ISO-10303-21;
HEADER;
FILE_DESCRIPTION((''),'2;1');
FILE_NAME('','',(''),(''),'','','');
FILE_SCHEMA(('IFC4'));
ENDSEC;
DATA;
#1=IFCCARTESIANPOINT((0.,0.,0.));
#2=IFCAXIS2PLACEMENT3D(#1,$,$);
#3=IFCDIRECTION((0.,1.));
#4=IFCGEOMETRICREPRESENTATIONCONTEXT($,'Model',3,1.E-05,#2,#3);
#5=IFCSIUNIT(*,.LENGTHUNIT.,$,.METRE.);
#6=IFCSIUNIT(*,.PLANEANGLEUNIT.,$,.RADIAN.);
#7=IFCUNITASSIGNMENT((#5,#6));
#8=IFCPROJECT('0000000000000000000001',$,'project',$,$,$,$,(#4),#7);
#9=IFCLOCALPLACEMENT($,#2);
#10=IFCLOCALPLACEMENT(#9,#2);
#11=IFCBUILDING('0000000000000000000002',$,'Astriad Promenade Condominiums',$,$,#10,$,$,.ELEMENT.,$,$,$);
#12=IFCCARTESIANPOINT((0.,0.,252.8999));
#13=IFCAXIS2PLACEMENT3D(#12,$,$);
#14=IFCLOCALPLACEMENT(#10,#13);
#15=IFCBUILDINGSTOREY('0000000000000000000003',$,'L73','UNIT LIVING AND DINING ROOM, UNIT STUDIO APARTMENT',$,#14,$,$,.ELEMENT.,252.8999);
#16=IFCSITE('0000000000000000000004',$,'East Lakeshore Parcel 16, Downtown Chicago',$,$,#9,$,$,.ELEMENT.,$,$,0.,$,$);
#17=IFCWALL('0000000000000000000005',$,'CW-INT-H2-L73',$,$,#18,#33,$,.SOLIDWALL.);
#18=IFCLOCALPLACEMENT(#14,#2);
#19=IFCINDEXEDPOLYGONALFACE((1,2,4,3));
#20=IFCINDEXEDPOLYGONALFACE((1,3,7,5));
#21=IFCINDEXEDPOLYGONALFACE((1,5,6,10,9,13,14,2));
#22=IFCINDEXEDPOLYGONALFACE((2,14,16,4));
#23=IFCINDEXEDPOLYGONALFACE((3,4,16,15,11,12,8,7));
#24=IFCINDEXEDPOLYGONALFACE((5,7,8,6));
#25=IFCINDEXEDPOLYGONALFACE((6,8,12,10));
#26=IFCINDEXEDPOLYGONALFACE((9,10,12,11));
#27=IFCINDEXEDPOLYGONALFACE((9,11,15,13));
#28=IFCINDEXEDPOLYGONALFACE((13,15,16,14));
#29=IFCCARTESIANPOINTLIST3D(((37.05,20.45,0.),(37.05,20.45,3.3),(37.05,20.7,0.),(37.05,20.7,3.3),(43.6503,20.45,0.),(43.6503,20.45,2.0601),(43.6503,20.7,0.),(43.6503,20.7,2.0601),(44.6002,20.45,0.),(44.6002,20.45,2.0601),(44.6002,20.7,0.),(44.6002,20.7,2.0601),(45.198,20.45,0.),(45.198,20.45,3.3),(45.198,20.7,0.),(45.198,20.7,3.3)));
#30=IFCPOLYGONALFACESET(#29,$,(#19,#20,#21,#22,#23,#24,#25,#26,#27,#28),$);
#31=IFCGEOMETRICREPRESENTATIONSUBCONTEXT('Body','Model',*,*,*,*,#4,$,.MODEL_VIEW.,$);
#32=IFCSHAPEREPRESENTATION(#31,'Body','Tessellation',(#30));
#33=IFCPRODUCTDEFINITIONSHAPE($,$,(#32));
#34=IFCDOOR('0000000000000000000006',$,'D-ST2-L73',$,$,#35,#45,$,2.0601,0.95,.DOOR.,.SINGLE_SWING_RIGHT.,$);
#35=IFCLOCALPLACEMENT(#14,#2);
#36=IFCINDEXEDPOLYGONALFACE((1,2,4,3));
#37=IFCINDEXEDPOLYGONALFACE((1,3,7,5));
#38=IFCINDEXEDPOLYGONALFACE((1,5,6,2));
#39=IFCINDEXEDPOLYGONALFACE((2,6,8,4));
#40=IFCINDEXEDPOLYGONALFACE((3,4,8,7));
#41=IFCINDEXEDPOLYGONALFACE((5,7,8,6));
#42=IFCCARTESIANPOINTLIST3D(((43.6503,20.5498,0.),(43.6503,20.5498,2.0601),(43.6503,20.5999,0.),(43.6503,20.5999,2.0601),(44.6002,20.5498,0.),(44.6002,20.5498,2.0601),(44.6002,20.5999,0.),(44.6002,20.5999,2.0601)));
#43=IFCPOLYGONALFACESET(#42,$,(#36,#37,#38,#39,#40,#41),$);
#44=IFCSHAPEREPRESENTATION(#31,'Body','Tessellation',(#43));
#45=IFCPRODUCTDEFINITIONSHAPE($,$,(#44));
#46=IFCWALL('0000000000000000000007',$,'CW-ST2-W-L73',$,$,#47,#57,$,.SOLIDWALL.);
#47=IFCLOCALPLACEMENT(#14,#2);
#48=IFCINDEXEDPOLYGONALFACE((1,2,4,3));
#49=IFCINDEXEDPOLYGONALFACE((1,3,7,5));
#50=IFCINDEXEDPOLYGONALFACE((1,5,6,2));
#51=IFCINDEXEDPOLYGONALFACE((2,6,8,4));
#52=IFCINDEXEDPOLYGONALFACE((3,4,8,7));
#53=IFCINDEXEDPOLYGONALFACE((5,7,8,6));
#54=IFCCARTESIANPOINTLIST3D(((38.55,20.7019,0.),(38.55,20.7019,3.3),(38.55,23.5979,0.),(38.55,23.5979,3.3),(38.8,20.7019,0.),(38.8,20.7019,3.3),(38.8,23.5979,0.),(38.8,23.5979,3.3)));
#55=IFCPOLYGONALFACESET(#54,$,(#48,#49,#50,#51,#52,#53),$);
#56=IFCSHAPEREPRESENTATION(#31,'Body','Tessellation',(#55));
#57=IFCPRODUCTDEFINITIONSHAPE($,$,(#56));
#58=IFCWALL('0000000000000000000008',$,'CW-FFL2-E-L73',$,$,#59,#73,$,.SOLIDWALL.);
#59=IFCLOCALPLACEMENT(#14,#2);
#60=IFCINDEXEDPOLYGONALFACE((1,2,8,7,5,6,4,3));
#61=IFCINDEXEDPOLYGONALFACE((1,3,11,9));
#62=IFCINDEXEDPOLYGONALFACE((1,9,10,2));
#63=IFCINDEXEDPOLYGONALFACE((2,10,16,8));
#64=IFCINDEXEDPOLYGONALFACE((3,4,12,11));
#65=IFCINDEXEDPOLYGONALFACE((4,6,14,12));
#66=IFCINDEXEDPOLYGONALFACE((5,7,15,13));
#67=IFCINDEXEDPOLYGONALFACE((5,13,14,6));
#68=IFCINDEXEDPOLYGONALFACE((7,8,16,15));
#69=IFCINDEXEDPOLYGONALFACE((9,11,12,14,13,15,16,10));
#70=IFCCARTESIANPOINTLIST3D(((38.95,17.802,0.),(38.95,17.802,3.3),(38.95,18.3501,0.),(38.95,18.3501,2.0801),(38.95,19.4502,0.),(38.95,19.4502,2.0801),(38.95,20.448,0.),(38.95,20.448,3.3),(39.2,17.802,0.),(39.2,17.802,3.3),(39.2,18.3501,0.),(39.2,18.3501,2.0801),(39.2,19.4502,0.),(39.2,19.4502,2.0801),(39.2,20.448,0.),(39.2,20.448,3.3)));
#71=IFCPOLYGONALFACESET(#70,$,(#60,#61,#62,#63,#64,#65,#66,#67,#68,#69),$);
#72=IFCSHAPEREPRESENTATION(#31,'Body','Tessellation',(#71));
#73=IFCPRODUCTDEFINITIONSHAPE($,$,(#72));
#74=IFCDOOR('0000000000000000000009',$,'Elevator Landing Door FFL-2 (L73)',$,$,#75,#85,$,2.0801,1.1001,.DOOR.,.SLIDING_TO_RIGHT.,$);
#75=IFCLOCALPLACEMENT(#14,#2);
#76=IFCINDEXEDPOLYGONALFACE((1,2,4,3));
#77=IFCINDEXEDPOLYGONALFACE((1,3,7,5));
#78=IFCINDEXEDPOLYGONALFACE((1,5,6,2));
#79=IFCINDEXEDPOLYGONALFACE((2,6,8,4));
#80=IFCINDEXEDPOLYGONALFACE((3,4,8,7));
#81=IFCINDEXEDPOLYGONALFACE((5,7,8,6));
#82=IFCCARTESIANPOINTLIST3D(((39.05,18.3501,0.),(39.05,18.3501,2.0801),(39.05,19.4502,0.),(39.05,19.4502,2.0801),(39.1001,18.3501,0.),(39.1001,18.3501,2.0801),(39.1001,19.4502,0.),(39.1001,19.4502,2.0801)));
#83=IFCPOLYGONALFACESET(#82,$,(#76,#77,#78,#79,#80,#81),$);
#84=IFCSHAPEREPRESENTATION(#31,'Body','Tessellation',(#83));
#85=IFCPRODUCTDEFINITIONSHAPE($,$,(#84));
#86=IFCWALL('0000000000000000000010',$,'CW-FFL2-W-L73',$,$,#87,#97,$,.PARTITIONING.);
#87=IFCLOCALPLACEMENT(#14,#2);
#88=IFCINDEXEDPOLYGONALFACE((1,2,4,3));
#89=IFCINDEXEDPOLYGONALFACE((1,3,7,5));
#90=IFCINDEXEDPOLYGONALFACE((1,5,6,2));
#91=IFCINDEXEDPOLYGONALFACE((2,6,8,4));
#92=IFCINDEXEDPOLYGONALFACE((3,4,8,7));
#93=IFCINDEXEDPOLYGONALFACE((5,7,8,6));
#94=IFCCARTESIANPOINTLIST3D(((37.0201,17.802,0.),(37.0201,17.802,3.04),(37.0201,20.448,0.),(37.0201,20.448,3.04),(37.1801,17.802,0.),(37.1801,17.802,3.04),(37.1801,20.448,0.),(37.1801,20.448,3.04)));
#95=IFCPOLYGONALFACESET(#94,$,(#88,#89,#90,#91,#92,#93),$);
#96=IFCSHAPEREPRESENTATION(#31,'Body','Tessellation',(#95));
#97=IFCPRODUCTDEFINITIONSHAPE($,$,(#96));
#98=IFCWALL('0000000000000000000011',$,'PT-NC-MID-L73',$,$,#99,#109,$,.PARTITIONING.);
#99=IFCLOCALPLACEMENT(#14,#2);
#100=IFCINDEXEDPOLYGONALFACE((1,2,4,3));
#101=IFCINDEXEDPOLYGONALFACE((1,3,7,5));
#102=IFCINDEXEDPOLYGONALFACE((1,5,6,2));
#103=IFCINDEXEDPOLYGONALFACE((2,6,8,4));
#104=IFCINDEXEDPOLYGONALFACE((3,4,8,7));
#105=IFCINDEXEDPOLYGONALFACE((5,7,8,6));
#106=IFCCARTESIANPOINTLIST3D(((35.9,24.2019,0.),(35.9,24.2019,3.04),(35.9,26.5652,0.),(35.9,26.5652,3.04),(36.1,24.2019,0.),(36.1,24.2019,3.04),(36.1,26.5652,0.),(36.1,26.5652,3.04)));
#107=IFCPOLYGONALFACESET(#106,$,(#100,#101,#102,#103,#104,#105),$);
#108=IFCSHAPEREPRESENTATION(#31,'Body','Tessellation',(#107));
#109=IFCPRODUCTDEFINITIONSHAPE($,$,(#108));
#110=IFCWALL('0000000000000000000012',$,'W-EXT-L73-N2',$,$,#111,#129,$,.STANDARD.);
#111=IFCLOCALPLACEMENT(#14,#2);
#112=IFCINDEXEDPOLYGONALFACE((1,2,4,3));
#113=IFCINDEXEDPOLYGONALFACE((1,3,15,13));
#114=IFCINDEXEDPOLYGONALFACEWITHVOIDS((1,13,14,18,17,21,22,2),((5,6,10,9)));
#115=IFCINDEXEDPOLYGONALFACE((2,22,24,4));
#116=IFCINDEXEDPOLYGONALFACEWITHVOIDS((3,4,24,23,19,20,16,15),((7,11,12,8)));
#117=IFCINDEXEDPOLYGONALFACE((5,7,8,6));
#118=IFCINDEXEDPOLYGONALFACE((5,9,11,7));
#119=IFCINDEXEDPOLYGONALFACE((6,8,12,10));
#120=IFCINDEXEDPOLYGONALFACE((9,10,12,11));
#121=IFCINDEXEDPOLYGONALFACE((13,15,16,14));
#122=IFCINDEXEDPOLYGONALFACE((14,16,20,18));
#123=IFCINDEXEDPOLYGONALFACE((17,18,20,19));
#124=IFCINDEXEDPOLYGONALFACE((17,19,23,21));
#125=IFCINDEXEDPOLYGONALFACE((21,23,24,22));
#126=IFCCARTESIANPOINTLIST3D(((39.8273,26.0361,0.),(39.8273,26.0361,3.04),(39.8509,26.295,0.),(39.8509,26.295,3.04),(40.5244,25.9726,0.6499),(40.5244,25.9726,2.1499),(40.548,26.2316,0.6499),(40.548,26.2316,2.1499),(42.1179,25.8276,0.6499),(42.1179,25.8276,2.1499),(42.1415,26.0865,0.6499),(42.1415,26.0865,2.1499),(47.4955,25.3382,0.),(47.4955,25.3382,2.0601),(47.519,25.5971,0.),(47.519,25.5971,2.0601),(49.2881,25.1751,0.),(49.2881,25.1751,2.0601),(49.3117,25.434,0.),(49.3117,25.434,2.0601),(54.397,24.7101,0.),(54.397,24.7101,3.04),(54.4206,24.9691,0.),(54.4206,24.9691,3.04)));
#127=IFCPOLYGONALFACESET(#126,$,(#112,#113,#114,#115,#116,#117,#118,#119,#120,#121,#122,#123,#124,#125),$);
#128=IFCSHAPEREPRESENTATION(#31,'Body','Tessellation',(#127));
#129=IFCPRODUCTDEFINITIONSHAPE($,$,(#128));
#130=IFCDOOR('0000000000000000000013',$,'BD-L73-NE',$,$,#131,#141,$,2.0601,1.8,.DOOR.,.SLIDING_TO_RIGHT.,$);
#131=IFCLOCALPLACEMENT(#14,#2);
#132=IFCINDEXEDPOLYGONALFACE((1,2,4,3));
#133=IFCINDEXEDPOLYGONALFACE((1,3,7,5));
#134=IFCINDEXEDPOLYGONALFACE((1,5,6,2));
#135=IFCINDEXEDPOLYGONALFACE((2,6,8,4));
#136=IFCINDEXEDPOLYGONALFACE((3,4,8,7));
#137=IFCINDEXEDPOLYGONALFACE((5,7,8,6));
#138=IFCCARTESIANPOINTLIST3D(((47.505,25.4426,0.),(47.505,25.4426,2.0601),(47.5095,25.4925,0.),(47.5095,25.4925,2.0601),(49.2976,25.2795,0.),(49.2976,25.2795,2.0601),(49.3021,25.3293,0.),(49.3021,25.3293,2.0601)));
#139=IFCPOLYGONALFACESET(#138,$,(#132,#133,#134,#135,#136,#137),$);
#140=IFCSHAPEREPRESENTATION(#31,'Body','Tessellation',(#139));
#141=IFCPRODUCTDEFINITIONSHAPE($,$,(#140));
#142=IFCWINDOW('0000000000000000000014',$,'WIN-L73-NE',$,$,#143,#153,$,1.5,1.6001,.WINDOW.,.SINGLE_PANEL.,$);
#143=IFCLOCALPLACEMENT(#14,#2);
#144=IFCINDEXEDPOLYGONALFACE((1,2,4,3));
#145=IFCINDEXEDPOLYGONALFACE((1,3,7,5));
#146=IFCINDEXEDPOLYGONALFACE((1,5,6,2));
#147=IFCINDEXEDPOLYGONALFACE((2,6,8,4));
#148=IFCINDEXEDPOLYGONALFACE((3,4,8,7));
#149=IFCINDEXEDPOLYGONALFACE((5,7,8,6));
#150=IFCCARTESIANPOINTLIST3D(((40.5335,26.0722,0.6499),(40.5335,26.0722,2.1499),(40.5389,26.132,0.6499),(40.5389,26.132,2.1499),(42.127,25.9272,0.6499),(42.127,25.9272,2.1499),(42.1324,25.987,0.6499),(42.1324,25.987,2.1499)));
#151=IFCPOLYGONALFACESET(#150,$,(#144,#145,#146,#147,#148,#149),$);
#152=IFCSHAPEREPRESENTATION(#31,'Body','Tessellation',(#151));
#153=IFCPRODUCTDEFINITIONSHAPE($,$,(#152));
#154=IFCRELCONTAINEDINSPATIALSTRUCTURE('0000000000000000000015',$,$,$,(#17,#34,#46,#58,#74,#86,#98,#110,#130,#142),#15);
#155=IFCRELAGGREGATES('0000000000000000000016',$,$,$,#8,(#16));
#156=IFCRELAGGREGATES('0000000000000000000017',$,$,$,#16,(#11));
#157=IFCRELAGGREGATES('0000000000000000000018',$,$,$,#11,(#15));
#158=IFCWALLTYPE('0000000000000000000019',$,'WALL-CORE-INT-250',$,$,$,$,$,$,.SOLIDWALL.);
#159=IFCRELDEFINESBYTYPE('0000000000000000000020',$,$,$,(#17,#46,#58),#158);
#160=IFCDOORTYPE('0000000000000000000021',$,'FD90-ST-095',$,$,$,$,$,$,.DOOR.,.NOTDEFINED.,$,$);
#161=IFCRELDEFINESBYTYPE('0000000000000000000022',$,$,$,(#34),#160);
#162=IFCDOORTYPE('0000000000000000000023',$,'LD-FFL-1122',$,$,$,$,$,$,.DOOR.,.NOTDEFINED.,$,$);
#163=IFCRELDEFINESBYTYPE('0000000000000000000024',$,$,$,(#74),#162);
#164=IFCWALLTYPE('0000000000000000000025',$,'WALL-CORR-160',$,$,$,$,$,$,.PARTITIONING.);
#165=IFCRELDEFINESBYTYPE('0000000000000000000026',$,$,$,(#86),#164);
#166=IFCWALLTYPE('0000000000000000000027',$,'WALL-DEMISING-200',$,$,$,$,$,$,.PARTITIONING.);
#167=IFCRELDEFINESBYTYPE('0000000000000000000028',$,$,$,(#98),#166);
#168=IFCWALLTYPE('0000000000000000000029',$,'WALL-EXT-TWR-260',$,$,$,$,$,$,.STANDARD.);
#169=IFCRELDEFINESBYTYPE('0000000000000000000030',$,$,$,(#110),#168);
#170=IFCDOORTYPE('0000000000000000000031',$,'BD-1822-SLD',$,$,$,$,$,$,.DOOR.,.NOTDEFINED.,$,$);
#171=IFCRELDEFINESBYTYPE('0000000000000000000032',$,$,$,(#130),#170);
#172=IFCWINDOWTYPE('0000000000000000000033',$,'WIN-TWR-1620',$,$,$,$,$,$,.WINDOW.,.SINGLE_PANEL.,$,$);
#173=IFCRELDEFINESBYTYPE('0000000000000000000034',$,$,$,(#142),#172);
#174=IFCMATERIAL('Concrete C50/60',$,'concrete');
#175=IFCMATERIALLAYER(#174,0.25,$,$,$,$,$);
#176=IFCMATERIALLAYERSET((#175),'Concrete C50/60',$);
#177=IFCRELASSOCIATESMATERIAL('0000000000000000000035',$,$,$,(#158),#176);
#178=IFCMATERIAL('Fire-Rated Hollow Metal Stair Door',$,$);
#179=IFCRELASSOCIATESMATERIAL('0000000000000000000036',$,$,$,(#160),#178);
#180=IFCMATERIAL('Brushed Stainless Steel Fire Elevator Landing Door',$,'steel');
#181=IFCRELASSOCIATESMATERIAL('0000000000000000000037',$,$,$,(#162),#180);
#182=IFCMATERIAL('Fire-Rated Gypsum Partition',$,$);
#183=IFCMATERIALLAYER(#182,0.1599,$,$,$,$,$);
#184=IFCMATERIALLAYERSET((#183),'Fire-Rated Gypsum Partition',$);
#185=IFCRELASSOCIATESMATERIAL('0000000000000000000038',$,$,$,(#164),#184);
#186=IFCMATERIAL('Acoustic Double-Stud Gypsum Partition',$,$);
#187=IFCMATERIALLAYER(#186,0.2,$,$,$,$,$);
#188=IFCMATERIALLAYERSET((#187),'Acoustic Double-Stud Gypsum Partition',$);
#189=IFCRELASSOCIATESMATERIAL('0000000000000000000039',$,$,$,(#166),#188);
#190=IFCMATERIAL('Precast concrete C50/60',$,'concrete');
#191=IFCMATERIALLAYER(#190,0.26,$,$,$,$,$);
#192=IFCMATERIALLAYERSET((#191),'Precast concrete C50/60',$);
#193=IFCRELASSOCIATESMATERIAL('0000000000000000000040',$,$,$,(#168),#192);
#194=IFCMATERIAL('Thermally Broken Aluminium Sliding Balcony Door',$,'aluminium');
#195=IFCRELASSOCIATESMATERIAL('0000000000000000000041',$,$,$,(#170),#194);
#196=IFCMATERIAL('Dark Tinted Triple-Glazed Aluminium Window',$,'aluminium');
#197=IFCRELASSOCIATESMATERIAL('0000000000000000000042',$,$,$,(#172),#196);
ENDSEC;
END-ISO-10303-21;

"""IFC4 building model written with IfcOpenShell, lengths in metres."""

from ifc_helpers import new_model, si_unit, direction, frame, frame_2d, origin, place, context, subcontext, project, spatial, rectangle, extrude, source, transform, mapped, material, layer, layer_set, type_object, type_shapes, element, fill, save


model = new_model("IFC4")

# Units and contexts
model_context = context("Model", 3, precision=1e-05, world=origin(), true_north=direction((0.0, 1.0)))
body_context = subcontext(model_context, "Body", "Model", "MODEL_VIEW")
ifc_project = project(units=[si_unit("LENGTHUNIT", "METRE"), si_unit("PLANEANGLEUNIT", "RADIAN")], contexts=[model_context])

# Site, building, storey
site_placement = place(None, origin())
site = spatial("IfcSite", under=ifc_project, at=site_placement, Name="East Lakeshore Parcel 16, Downtown Chicago", CompositionType="ELEMENT", RefElevation=0.0)
building_placement = place(site_placement, origin())
building = spatial("IfcBuilding", under=site, at=building_placement, Name="Astriad Promenade Condominiums", CompositionType="ELEMENT")
storey_placement = place(building_placement, frame((0.0, 0.0, 252.8999)))
storey = spatial("IfcBuildingStorey", under=building, at=storey_placement, Name="L73", Description="UNIT LIVING AND DINING ROOM, UNIT STUDIO APARTMENT", CompositionType="ELEMENT", Elevation=252.8999)

# Wall, opening, door
ifc_material_1 = material(Name="Concrete C50/60", Category="concrete")
ifc_layer_1 = layer(ifc_material_1, 0.25)
ifc_layer_set_1 = layer_set([ifc_layer_1], Name="Concrete C50/60")
wall_type_1 = type_object("IfcWallType", Name="WALL-CORE-INT-250", PredefinedType="SOLIDWALL", material=ifc_layer_set_1)
wall_1_placement = place(storey_placement, frame((37.05, 20.575, 0.0), z_axis=(0.0, 0.0, 1.0), x_axis=(1.0, 0.0, 0.0)))
wall_1 = element("IfcWall", 1, at=wall_1_placement, inside=storey, type_object=wall_type_1, Name="CW-INT-H2-L73", PredefinedType="SOLIDWALL", context=body_context, shape_type="SweptSolid", body=[
    extrude(rectangle(XDim=8.1479, YDim=0.25, at=frame_2d((4.074, 0.0))), origin(), (0.0, 0.0, 1.0), 3.3),
])
opening_1_placement = place(wall_1_placement, frame((6.6001, 0.0, 0.0)))
opening_1 = element("IfcOpeningElement", 2, at=opening_1_placement, cuts=wall_1, PredefinedType="OPENING", context=body_context, shape_type="SweptSolid", body=[
    extrude(rectangle(XDim=0.95, YDim=2.0601, at=frame_2d((0.4751, 1.03))), frame((0.0, 0.135, 0.0), z_axis=(0.0, -1.0, 0.0), x_axis=(1.0, 0.0, 0.0)), (0.0, 0.0, 1.0), 0.27),
])
ifc_material_2 = material(Name="Fire-Rated Hollow Metal Stair Door")
door_type_1 = type_object("IfcDoorType", Name="FD90-ST-095", OperationType="NOTDEFINED", PredefinedType="DOOR", material=ifc_material_2)
shared_shape_1 = source(origin(), body_context, "Body", "SweptSolid", [
    extrude(rectangle(XDim=0.95, YDim=2.0601, at=frame_2d((0.4751, 1.03))), frame((0.0, 0.0249, 0.0), z_axis=(0.0, -1.0, 0.0), x_axis=(1.0, 0.0, 0.0)), (0.0, 0.0, 1.0), 0.05),
])
type_shapes(door_type_1, [shared_shape_1])
door_1_placement = place(opening_1_placement, origin())
door_1 = element("IfcDoor", 3, at=door_1_placement, inside=storey, type_object=door_type_1, Name="D-ST2-L73", OperationType="SINGLE_SWING_RIGHT", OverallHeight=2.0601, OverallWidth=0.95, PredefinedType="DOOR", context=body_context, shape_type="MappedRepresentation", body=[
    mapped(shared_shape_1, transform((0.0, 0.0, 0.0), scale=1.0)),
])
fill(opening_1, door_1)

# Wall
wall_2_placement = place(storey_placement, frame((38.675, 20.7019, 0.0), z_axis=(0.0, 0.0, 1.0), x_axis=(0.0, 1.0, 0.0)))
element("IfcWall", 4, at=wall_2_placement, inside=storey, type_object=wall_type_1, Name="CW-ST2-W-L73", PredefinedType="SOLIDWALL", context=body_context, shape_type="SweptSolid", body=[
    extrude(rectangle(XDim=2.896, YDim=0.25, at=frame_2d((1.448, 0.0))), origin(), (0.0, 0.0, 1.0), 3.3),
])

# Wall, opening, door
wall_3_placement = place(storey_placement, frame((39.075, 17.802, 0.0), z_axis=(0.0, 0.0, 1.0), x_axis=(0.0, 1.0, 0.0)))
wall_3 = element("IfcWall", 5, at=wall_3_placement, inside=storey, type_object=wall_type_1, Name="CW-FFL2-E-L73", PredefinedType="SOLIDWALL", context=body_context, shape_type="SweptSolid", body=[
    extrude(rectangle(XDim=2.646, YDim=0.25, at=frame_2d((1.323, 0.0))), origin(), (0.0, 0.0, 1.0), 3.3),
])
opening_2_placement = place(wall_3_placement, frame((0.5481, 0.0, 0.0)))
opening_2 = element("IfcOpeningElement", 6, at=opening_2_placement, cuts=wall_3, PredefinedType="OPENING", context=body_context, shape_type="SweptSolid", body=[
    extrude(rectangle(XDim=1.1001, YDim=2.0801, at=frame_2d((0.55, 1.04))), frame((0.0, 0.135, 0.0), z_axis=(0.0, -1.0, 0.0), x_axis=(1.0, 0.0, 0.0)), (0.0, 0.0, 1.0), 0.27),
])
ifc_material_3 = material(Name="Brushed Stainless Steel Fire Elevator Landing Door", Category="steel")
door_type_2 = type_object("IfcDoorType", Name="LD-FFL-1122", OperationType="NOTDEFINED", PredefinedType="DOOR", material=ifc_material_3)
shared_shape_2 = source(origin(), body_context, "Body", "SweptSolid", [
    extrude(rectangle(XDim=1.1001, YDim=2.0801, at=frame_2d((0.55, 1.04))), frame((0.0, 0.0249, 0.0), z_axis=(0.0, -1.0, 0.0), x_axis=(1.0, 0.0, 0.0)), (0.0, 0.0, 1.0), 0.05),
])
type_shapes(door_type_2, [shared_shape_2])
door_2_placement = place(opening_2_placement, origin())
door_2 = element("IfcDoor", 7, at=door_2_placement, inside=storey, type_object=door_type_2, Name="Elevator Landing Door FFL-2 (L73)", OperationType="SLIDING_TO_RIGHT", OverallHeight=2.0801, OverallWidth=1.1001, PredefinedType="DOOR", context=body_context, shape_type="MappedRepresentation", body=[
    mapped(shared_shape_2, transform((0.0, 0.0, 0.0), scale=1.0)),
])
fill(opening_2, door_2)

# Walls
ifc_material_4 = material(Name="Fire-Rated Gypsum Partition")
ifc_layer_2 = layer(ifc_material_4, 0.1599)
ifc_layer_set_2 = layer_set([ifc_layer_2], Name="Fire-Rated Gypsum Partition")
wall_type_2 = type_object("IfcWallType", Name="WALL-CORR-160", PredefinedType="PARTITIONING", material=ifc_layer_set_2)
wall_4_placement = place(storey_placement, frame((37.1001, 17.802, 0.0), z_axis=(0.0, 0.0, 1.0), x_axis=(0.0, 1.0, 0.0)))
element("IfcWall", 8, at=wall_4_placement, inside=storey, type_object=wall_type_2, Name="CW-FFL2-W-L73", PredefinedType="PARTITIONING", context=body_context, shape_type="SweptSolid", body=[
    extrude(rectangle(XDim=2.646, YDim=0.1599, at=frame_2d((1.323, 0.0))), origin(), (0.0, 0.0, 1.0), 3.04),
])
ifc_material_5 = material(Name="Acoustic Double-Stud Gypsum Partition")
ifc_layer_3 = layer(ifc_material_5, 0.2)
ifc_layer_set_3 = layer_set([ifc_layer_3], Name="Acoustic Double-Stud Gypsum Partition")
wall_type_3 = type_object("IfcWallType", Name="WALL-DEMISING-200", PredefinedType="PARTITIONING", material=ifc_layer_set_3)
wall_5_placement = place(storey_placement, frame((36.0, 24.2019, 0.0), z_axis=(0.0, 0.0, 1.0), x_axis=(0.0, 1.0, 0.0)))
element("IfcWall", 9, at=wall_5_placement, inside=storey, type_object=wall_type_3, Name="PT-NC-MID-L73", PredefinedType="PARTITIONING", context=body_context, shape_type="SweptSolid", body=[
    extrude(rectangle(XDim=2.3633, YDim=0.2, at=frame_2d((1.1816, 0.0))), origin(), (0.0, 0.0, 1.0), 3.04),
])

# Wall, openings, door, window
ifc_material_6 = material(Name="Precast concrete C50/60", Category="concrete")
ifc_layer_4 = layer(ifc_material_6, 0.26)
ifc_layer_set_4 = layer_set([ifc_layer_4], Name="Precast concrete C50/60")
wall_type_4 = type_object("IfcWallType", Name="WALL-EXT-TWR-260", PredefinedType="STANDARD", material=ifc_layer_set_4)
wall_6_placement = place(storey_placement, frame((39.8391, 26.1655, 0.0), z_axis=(0.0, 0.0, 1.0), x_axis=(0.995884, -0.090632, 0.0)))
wall_6 = element("IfcWall", 10, at=wall_6_placement, inside=storey, type_object=wall_type_4, Name="W-EXT-L73-N2", PredefinedType="STANDARD", context=body_context, shape_type="SweptSolid", body=[
    extrude(rectangle(XDim=14.6299, YDim=0.26, at=frame_2d((7.3149, 0.0))), origin(), (0.0, 0.0, 1.0), 3.04),
])
opening_3_placement = place(wall_6_placement, frame((7.7, 0.0, 0.0)))
opening_3 = element("IfcOpeningElement", 11, at=opening_3_placement, cuts=wall_6, PredefinedType="OPENING", context=body_context, shape_type="SweptSolid", body=[
    extrude(rectangle(XDim=1.8, YDim=2.0601, at=frame_2d((0.8999, 1.03))), frame((0.0, 0.1399, 0.0), z_axis=(0.0, -1.0, 0.0), x_axis=(1.0, 0.0, 0.0)), (0.0, 0.0, 1.0), 0.28),
])
opening_4_placement = place(wall_6_placement, frame((0.7, 0.0, 0.6499)))
opening_4 = element("IfcOpeningElement", 12, at=opening_4_placement, cuts=wall_6, PredefinedType="OPENING", context=body_context, shape_type="SweptSolid", body=[
    extrude(rectangle(XDim=1.6001, YDim=1.5, at=frame_2d((0.8, 0.75))), frame((0.0, 0.1399, 0.0), z_axis=(0.0, -1.0, 0.0), x_axis=(1.0, 0.0, 0.0)), (0.0, 0.0, 1.0), 0.28),
])
ifc_material_7 = material(Name="Thermally Broken Aluminium Sliding Balcony Door", Category="aluminium")
door_type_3 = type_object("IfcDoorType", Name="BD-1822-SLD", OperationType="NOTDEFINED", PredefinedType="DOOR", material=ifc_material_7)
shared_shape_3 = source(origin(), body_context, "Body", "SweptSolid", [
    extrude(rectangle(XDim=1.8, YDim=2.0601, at=frame_2d((0.8999, 1.03))), frame((0.0, 0.0249, 0.0), z_axis=(0.0, -1.0, 0.0), x_axis=(1.0, 0.0, 0.0)), (0.0, 0.0, 1.0), 0.05),
])
type_shapes(door_type_3, [shared_shape_3])
door_3_placement = place(opening_3_placement, origin())
door_3 = element("IfcDoor", 13, at=door_3_placement, inside=storey, type_object=door_type_3, Name="BD-L73-NE", OperationType="SLIDING_TO_RIGHT", OverallHeight=2.0601, OverallWidth=1.8, PredefinedType="DOOR", context=body_context, shape_type="MappedRepresentation", body=[
    mapped(shared_shape_3, transform((0.0, 0.0, 0.0), scale=1.0)),
])
fill(opening_3, door_3)
ifc_material_8 = material(Name="Dark Tinted Triple-Glazed Aluminium Window", Category="aluminium")
window_type = type_object("IfcWindowType", Name="WIN-TWR-1620", PartitioningType="SINGLE_PANEL", PredefinedType="WINDOW", material=ifc_material_8)
shared_shape_4 = source(origin(), body_context, "Body", "SweptSolid", [
    extrude(rectangle(XDim=1.6001, YDim=1.5, at=frame_2d((0.8, 0.75))), frame((0.0, 0.03, 0.0), z_axis=(0.0, -1.0, 0.0), x_axis=(1.0, 0.0, 0.0)), (0.0, 0.0, 1.0), 0.0601),
])
type_shapes(window_type, [shared_shape_4])
window_placement = place(opening_4_placement, origin())
window = element("IfcWindow", 14, at=window_placement, inside=storey, type_object=window_type, Name="WIN-L73-NE", OverallHeight=1.5, OverallWidth=1.6001, PartitioningType="SINGLE_PANEL", PredefinedType="WINDOW", context=body_context, shape_type="MappedRepresentation", body=[
    mapped(shared_shape_4, transform((0.0, 0.0, 0.0), scale=1.0)),
])
fill(opening_4, window)

save(model, "model.ifc")
